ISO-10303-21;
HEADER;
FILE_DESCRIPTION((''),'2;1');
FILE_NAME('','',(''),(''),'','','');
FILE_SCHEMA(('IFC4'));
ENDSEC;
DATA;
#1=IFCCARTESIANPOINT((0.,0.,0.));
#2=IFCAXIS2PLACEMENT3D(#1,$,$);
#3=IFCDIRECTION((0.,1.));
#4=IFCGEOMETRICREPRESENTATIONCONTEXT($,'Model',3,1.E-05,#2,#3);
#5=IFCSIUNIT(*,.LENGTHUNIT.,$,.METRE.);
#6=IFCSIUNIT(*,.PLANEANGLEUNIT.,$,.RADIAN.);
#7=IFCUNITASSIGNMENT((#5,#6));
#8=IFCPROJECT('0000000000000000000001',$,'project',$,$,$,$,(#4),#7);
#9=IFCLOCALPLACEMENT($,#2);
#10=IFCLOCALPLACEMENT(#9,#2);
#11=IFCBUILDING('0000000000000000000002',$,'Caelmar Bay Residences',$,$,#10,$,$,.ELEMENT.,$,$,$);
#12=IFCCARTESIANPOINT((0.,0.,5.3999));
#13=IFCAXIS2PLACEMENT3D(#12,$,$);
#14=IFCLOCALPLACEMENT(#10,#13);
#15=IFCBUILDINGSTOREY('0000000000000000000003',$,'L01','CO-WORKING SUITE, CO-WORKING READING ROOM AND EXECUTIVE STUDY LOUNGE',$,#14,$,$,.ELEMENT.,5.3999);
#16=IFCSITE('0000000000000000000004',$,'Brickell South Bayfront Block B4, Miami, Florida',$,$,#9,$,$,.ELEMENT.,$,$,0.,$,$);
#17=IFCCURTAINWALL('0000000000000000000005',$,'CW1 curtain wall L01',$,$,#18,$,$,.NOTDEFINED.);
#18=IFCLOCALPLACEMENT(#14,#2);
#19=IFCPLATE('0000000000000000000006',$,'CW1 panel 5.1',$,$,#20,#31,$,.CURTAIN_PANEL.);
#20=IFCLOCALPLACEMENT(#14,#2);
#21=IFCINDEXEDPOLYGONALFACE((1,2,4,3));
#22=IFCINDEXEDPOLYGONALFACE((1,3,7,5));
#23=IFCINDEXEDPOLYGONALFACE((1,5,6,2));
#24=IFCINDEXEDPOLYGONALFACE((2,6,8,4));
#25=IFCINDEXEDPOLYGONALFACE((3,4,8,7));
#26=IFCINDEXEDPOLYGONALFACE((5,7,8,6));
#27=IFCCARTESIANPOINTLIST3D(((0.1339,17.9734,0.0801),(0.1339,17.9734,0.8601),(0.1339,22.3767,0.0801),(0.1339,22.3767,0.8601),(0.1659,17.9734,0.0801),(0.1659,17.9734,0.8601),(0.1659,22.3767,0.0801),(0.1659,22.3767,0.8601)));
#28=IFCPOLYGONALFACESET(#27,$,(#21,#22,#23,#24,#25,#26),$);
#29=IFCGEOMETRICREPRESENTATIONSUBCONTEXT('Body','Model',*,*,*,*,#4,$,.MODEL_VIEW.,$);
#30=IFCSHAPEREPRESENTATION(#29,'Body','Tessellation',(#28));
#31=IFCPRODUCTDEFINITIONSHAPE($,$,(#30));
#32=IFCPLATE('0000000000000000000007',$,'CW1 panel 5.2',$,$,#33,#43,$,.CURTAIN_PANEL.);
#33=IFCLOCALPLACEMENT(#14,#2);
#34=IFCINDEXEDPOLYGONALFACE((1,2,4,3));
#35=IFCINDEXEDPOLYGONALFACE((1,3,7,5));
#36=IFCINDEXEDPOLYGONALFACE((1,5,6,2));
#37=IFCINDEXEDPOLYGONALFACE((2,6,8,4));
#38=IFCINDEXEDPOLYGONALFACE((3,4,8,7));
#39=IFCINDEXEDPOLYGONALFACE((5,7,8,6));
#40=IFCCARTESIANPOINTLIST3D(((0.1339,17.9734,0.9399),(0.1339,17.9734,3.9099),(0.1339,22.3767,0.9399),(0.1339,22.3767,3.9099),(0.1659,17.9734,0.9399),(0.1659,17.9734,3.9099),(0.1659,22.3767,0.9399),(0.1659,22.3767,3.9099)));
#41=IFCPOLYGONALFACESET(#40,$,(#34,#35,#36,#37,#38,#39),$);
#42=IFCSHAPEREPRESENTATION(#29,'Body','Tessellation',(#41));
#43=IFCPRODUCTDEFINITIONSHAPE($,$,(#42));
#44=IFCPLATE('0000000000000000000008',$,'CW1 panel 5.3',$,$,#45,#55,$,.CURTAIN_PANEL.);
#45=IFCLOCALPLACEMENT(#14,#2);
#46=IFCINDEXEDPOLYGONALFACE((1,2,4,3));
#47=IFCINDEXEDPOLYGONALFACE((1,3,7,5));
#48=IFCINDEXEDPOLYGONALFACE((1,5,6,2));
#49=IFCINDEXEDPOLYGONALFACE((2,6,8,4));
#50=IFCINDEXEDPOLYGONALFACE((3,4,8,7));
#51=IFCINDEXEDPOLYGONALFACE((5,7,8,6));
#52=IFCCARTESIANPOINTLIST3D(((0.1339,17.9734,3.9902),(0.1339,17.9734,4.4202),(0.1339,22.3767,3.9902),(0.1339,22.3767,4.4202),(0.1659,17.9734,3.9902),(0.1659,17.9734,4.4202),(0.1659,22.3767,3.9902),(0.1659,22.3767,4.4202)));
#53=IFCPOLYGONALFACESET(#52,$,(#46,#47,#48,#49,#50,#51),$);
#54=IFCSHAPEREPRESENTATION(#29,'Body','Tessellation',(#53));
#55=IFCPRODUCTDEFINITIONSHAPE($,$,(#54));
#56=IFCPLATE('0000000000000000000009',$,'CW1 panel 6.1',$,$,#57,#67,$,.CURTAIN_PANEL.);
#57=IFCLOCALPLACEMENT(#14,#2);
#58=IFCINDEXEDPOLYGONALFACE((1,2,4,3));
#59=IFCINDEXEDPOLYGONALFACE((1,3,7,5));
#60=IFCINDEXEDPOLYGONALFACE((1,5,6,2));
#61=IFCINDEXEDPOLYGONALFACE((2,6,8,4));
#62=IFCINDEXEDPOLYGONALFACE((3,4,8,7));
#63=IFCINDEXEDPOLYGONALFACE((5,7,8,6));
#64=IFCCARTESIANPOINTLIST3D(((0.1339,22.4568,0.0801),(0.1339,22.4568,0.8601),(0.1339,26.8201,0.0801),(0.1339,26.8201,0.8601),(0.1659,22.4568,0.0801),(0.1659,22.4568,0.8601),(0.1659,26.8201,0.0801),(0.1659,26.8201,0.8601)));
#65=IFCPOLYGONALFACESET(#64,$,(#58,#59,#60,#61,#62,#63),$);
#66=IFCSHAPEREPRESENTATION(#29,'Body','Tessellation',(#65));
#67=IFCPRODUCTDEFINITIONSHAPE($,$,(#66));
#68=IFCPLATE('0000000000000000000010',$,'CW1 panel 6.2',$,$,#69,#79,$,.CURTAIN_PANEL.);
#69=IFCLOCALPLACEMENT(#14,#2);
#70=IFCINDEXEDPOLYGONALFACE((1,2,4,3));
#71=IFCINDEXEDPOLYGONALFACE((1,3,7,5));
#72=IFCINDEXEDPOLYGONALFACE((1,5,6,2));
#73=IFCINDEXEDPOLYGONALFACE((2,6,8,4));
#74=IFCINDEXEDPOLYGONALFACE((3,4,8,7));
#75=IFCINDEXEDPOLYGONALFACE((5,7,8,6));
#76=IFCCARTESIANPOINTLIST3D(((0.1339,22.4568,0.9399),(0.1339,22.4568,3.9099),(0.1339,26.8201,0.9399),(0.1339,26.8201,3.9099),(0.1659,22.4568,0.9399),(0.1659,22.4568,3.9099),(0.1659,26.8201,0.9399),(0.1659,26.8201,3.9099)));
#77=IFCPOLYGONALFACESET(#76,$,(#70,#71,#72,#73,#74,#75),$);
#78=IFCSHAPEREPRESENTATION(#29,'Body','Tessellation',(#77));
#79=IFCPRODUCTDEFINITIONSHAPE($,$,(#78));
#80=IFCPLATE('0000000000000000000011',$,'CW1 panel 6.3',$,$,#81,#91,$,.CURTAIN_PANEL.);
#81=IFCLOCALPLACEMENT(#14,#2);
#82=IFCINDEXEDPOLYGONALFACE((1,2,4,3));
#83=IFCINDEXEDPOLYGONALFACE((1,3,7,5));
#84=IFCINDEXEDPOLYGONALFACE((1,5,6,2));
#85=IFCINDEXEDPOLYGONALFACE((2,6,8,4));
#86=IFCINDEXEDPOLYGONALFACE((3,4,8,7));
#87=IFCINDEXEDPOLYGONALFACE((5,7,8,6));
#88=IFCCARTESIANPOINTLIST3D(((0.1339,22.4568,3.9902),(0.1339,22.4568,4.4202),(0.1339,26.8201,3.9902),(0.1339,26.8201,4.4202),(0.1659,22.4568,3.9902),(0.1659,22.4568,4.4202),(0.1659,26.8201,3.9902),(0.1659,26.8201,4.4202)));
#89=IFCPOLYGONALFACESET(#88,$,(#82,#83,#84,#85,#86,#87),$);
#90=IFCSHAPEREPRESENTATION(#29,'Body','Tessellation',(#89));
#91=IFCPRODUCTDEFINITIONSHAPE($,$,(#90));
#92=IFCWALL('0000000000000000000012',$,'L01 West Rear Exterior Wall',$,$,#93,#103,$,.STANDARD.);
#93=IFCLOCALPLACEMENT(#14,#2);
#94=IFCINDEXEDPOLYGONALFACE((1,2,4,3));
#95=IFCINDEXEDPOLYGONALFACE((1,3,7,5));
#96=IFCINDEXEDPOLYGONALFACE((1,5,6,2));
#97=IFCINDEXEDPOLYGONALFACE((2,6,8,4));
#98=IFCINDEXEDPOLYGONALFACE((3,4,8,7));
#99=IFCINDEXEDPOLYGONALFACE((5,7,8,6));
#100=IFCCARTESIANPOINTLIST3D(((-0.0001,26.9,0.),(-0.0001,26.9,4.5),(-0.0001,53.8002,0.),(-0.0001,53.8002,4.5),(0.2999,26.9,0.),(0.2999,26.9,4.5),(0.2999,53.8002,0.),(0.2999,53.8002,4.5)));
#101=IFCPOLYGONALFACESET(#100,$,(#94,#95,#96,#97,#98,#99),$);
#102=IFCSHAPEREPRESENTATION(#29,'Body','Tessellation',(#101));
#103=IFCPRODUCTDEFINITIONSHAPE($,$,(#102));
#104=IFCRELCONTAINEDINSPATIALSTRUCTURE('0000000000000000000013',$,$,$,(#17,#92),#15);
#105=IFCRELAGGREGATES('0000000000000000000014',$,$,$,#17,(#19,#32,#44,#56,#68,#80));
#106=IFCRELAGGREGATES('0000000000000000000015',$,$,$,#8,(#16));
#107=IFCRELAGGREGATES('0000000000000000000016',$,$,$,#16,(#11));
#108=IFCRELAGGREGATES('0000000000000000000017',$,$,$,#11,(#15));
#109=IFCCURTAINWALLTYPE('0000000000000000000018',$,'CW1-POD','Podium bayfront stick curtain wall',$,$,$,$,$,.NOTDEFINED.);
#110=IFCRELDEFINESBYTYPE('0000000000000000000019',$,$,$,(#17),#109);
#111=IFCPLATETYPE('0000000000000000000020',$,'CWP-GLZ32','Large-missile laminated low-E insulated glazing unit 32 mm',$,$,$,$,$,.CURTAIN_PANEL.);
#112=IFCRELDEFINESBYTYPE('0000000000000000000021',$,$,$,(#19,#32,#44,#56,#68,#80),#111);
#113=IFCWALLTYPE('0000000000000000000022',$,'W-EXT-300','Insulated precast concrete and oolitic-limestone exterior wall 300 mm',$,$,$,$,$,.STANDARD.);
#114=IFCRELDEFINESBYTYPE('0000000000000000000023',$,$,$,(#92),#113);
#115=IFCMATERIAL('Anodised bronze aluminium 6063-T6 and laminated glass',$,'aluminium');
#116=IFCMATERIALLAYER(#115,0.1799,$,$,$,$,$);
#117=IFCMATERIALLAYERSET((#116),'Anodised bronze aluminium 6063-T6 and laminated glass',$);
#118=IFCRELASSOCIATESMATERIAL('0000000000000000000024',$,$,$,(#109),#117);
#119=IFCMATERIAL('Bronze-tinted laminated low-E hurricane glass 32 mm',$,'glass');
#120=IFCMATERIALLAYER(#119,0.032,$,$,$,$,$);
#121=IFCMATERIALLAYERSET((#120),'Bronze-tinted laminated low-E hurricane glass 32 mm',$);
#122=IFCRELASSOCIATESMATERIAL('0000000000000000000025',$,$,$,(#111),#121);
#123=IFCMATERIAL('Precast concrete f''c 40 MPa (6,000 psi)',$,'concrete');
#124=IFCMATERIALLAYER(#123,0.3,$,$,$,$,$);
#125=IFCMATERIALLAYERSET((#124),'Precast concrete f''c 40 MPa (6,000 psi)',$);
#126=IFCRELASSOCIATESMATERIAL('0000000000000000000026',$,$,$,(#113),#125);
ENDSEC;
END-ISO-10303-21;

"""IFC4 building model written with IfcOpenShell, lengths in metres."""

from ifc_helpers import new_model, si_unit, direction, frame, frame_2d, origin, origin_2d, place, context, subcontext, project, spatial, rectangle, extrude, material, layer, layer_set, type_object, element, aggregate, save


model = new_model("IFC4")

# Units and contexts
model_context = context("Model", 3, precision=1e-05, world=origin(), true_north=direction((0.0, 1.0)))
body_context = subcontext(model_context, "Body", "Model", "MODEL_VIEW")
ifc_project = project(units=[si_unit("LENGTHUNIT", "METRE"), si_unit("PLANEANGLEUNIT", "RADIAN")], contexts=[model_context])

# Site, building, storey
site_placement = place(None, origin())
site = spatial("IfcSite", under=ifc_project, at=site_placement, Name="Brickell South Bayfront Block B4, Miami, Florida", CompositionType="ELEMENT", RefElevation=0.0)
building_placement = place(site_placement, origin())
building = spatial("IfcBuilding", under=site, at=building_placement, Name="Caelmar Bay Residences", CompositionType="ELEMENT")
storey_placement = place(building_placement, frame((0.0, 0.0, 5.3999)))
storey = spatial("IfcBuildingStorey", under=building, at=storey_placement, Name="L01", Description="CO-WORKING SUITE, CO-WORKING READING ROOM AND EXECUTIVE STUDY LOUNGE", CompositionType="ELEMENT", Elevation=5.3999)

# Curtain wall, plates
ifc_material_1 = material(Name="Anodised bronze aluminium 6063-T6 and laminated glass", Category="aluminium")
ifc_layer_1 = layer(ifc_material_1, 0.1799)
ifc_layer_set_1 = layer_set([ifc_layer_1], Name="Anodised bronze aluminium 6063-T6 and laminated glass")
curtain_wall_type = type_object("IfcCurtainWallType", Name="CW1-POD", Description="Podium bayfront stick curtain wall", PredefinedType="NOTDEFINED", material=ifc_layer_set_1)
curtain_wall_placement = place(storey_placement, origin())
curtain_wall = element("IfcCurtainWall", 1, at=curtain_wall_placement, inside=storey, type_object=curtain_wall_type, Name="CW1 curtain wall L01", PredefinedType="NOTDEFINED")
ifc_material_2 = material(Name="Bronze-tinted laminated low-E hurricane glass 32 mm", Category="glass")
ifc_layer_2 = layer(ifc_material_2, 0.032)
ifc_layer_set_2 = layer_set([ifc_layer_2], Name="Bronze-tinted laminated low-E hurricane glass 32 mm")
plate_type = type_object("IfcPlateType", Name="CWP-GLZ32", Description="Large-missile laminated low-E insulated glazing unit 32 mm", PredefinedType="CURTAIN_PANEL", material=ifc_layer_set_2)
plate_1_placement = place(storey_placement, frame((0.1499, 20.175, 0.0801), z_axis=(0.0, 0.0, 1.0), x_axis=(0.0, 1.0, 0.0)))
plate_1 = element("IfcPlate", 2, at=plate_1_placement, type_object=plate_type, Name="CW1 panel 5.1", PredefinedType="CURTAIN_PANEL", context=body_context, shape_type="SweptSolid", body=[
    extrude(rectangle(XDim=4.4033, YDim=0.032, at=origin_2d()), origin(), (0.0, 0.0, 1.0), 0.78),
])
plate_2_placement = place(storey_placement, frame((0.1499, 20.175, 0.9399), z_axis=(0.0, 0.0, 1.0), x_axis=(0.0, 1.0, 0.0)))
plate_2 = element("IfcPlate", 3, at=plate_2_placement, type_object=plate_type, Name="CW1 panel 5.2", PredefinedType="CURTAIN_PANEL", context=body_context, shape_type="SweptSolid", body=[
    extrude(rectangle(XDim=4.4033, YDim=0.032, at=origin_2d()), origin(), (0.0, 0.0, 1.0), 2.97),
])
plate_3_placement = place(storey_placement, frame((0.1499, 20.175, 3.9902), z_axis=(0.0, 0.0, 1.0), x_axis=(0.0, 1.0, 0.0)))
plate_3 = element("IfcPlate", 4, at=plate_3_placement, type_object=plate_type, Name="CW1 panel 5.3", PredefinedType="CURTAIN_PANEL", context=body_context, shape_type="SweptSolid", body=[
    extrude(rectangle(XDim=4.4033, YDim=0.032, at=origin_2d()), origin(), (0.0, 0.0, 1.0), 0.4299),
])
plate_4_placement = place(storey_placement, frame((0.1499, 24.6384, 0.0801), z_axis=(0.0, 0.0, 1.0), x_axis=(0.0, 1.0, 0.0)))
plate_4 = element("IfcPlate", 5, at=plate_4_placement, type_object=plate_type, Name="CW1 panel 6.1", PredefinedType="CURTAIN_PANEL", context=body_context, shape_type="SweptSolid", body=[
    extrude(rectangle(XDim=4.3633, YDim=0.032, at=origin_2d()), origin(), (0.0, 0.0, 1.0), 0.78),
])
plate_5_placement = place(storey_placement, frame((0.1499, 24.6384, 0.9399), z_axis=(0.0, 0.0, 1.0), x_axis=(0.0, 1.0, 0.0)))
plate_5 = element("IfcPlate", 6, at=plate_5_placement, type_object=plate_type, Name="CW1 panel 6.2", PredefinedType="CURTAIN_PANEL", context=body_context, shape_type="SweptSolid", body=[
    extrude(rectangle(XDim=4.3633, YDim=0.032, at=origin_2d()), origin(), (0.0, 0.0, 1.0), 2.97),
])
plate_6_placement = place(storey_placement, frame((0.1499, 24.6384, 3.9902), z_axis=(0.0, 0.0, 1.0), x_axis=(0.0, 1.0, 0.0)))
plate_6 = element("IfcPlate", 7, at=plate_6_placement, type_object=plate_type, Name="CW1 panel 6.3", PredefinedType="CURTAIN_PANEL", context=body_context, shape_type="SweptSolid", body=[
    extrude(rectangle(XDim=4.3633, YDim=0.032, at=origin_2d()), origin(), (0.0, 0.0, 1.0), 0.4299),
])
aggregate(curtain_wall, [plate_1, plate_2, plate_3, plate_4, plate_5, plate_6])

# Wall
ifc_material_3 = material(Name="Precast concrete f'c 40 MPa (6,000 psi)", Category="concrete")
ifc_layer_3 = layer(ifc_material_3, 0.3)
ifc_layer_set_3 = layer_set([ifc_layer_3], Name="Precast concrete f'c 40 MPa (6,000 psi)")
wall_type = type_object("IfcWallType", Name="W-EXT-300", Description="Insulated precast concrete and oolitic-limestone exterior wall 300 mm", PredefinedType="STANDARD", material=ifc_layer_set_3)
wall_placement = place(storey_placement, frame((0.1499, 26.8999, 0.0), z_axis=(0.0, 0.0, 1.0), x_axis=(0.0, 1.0, 0.0)))
element("IfcWall", 8, at=wall_placement, inside=storey, type_object=wall_type, Name="L01 West Rear Exterior Wall", PredefinedType="STANDARD", context=body_context, shape_type="SweptSolid", body=[
    extrude(rectangle(XDim=26.9001, YDim=0.3, at=frame_2d((13.4502, 0.0))), origin(), (0.0, 0.0, 1.0), 4.5),
])

save(model, "model.ifc")
